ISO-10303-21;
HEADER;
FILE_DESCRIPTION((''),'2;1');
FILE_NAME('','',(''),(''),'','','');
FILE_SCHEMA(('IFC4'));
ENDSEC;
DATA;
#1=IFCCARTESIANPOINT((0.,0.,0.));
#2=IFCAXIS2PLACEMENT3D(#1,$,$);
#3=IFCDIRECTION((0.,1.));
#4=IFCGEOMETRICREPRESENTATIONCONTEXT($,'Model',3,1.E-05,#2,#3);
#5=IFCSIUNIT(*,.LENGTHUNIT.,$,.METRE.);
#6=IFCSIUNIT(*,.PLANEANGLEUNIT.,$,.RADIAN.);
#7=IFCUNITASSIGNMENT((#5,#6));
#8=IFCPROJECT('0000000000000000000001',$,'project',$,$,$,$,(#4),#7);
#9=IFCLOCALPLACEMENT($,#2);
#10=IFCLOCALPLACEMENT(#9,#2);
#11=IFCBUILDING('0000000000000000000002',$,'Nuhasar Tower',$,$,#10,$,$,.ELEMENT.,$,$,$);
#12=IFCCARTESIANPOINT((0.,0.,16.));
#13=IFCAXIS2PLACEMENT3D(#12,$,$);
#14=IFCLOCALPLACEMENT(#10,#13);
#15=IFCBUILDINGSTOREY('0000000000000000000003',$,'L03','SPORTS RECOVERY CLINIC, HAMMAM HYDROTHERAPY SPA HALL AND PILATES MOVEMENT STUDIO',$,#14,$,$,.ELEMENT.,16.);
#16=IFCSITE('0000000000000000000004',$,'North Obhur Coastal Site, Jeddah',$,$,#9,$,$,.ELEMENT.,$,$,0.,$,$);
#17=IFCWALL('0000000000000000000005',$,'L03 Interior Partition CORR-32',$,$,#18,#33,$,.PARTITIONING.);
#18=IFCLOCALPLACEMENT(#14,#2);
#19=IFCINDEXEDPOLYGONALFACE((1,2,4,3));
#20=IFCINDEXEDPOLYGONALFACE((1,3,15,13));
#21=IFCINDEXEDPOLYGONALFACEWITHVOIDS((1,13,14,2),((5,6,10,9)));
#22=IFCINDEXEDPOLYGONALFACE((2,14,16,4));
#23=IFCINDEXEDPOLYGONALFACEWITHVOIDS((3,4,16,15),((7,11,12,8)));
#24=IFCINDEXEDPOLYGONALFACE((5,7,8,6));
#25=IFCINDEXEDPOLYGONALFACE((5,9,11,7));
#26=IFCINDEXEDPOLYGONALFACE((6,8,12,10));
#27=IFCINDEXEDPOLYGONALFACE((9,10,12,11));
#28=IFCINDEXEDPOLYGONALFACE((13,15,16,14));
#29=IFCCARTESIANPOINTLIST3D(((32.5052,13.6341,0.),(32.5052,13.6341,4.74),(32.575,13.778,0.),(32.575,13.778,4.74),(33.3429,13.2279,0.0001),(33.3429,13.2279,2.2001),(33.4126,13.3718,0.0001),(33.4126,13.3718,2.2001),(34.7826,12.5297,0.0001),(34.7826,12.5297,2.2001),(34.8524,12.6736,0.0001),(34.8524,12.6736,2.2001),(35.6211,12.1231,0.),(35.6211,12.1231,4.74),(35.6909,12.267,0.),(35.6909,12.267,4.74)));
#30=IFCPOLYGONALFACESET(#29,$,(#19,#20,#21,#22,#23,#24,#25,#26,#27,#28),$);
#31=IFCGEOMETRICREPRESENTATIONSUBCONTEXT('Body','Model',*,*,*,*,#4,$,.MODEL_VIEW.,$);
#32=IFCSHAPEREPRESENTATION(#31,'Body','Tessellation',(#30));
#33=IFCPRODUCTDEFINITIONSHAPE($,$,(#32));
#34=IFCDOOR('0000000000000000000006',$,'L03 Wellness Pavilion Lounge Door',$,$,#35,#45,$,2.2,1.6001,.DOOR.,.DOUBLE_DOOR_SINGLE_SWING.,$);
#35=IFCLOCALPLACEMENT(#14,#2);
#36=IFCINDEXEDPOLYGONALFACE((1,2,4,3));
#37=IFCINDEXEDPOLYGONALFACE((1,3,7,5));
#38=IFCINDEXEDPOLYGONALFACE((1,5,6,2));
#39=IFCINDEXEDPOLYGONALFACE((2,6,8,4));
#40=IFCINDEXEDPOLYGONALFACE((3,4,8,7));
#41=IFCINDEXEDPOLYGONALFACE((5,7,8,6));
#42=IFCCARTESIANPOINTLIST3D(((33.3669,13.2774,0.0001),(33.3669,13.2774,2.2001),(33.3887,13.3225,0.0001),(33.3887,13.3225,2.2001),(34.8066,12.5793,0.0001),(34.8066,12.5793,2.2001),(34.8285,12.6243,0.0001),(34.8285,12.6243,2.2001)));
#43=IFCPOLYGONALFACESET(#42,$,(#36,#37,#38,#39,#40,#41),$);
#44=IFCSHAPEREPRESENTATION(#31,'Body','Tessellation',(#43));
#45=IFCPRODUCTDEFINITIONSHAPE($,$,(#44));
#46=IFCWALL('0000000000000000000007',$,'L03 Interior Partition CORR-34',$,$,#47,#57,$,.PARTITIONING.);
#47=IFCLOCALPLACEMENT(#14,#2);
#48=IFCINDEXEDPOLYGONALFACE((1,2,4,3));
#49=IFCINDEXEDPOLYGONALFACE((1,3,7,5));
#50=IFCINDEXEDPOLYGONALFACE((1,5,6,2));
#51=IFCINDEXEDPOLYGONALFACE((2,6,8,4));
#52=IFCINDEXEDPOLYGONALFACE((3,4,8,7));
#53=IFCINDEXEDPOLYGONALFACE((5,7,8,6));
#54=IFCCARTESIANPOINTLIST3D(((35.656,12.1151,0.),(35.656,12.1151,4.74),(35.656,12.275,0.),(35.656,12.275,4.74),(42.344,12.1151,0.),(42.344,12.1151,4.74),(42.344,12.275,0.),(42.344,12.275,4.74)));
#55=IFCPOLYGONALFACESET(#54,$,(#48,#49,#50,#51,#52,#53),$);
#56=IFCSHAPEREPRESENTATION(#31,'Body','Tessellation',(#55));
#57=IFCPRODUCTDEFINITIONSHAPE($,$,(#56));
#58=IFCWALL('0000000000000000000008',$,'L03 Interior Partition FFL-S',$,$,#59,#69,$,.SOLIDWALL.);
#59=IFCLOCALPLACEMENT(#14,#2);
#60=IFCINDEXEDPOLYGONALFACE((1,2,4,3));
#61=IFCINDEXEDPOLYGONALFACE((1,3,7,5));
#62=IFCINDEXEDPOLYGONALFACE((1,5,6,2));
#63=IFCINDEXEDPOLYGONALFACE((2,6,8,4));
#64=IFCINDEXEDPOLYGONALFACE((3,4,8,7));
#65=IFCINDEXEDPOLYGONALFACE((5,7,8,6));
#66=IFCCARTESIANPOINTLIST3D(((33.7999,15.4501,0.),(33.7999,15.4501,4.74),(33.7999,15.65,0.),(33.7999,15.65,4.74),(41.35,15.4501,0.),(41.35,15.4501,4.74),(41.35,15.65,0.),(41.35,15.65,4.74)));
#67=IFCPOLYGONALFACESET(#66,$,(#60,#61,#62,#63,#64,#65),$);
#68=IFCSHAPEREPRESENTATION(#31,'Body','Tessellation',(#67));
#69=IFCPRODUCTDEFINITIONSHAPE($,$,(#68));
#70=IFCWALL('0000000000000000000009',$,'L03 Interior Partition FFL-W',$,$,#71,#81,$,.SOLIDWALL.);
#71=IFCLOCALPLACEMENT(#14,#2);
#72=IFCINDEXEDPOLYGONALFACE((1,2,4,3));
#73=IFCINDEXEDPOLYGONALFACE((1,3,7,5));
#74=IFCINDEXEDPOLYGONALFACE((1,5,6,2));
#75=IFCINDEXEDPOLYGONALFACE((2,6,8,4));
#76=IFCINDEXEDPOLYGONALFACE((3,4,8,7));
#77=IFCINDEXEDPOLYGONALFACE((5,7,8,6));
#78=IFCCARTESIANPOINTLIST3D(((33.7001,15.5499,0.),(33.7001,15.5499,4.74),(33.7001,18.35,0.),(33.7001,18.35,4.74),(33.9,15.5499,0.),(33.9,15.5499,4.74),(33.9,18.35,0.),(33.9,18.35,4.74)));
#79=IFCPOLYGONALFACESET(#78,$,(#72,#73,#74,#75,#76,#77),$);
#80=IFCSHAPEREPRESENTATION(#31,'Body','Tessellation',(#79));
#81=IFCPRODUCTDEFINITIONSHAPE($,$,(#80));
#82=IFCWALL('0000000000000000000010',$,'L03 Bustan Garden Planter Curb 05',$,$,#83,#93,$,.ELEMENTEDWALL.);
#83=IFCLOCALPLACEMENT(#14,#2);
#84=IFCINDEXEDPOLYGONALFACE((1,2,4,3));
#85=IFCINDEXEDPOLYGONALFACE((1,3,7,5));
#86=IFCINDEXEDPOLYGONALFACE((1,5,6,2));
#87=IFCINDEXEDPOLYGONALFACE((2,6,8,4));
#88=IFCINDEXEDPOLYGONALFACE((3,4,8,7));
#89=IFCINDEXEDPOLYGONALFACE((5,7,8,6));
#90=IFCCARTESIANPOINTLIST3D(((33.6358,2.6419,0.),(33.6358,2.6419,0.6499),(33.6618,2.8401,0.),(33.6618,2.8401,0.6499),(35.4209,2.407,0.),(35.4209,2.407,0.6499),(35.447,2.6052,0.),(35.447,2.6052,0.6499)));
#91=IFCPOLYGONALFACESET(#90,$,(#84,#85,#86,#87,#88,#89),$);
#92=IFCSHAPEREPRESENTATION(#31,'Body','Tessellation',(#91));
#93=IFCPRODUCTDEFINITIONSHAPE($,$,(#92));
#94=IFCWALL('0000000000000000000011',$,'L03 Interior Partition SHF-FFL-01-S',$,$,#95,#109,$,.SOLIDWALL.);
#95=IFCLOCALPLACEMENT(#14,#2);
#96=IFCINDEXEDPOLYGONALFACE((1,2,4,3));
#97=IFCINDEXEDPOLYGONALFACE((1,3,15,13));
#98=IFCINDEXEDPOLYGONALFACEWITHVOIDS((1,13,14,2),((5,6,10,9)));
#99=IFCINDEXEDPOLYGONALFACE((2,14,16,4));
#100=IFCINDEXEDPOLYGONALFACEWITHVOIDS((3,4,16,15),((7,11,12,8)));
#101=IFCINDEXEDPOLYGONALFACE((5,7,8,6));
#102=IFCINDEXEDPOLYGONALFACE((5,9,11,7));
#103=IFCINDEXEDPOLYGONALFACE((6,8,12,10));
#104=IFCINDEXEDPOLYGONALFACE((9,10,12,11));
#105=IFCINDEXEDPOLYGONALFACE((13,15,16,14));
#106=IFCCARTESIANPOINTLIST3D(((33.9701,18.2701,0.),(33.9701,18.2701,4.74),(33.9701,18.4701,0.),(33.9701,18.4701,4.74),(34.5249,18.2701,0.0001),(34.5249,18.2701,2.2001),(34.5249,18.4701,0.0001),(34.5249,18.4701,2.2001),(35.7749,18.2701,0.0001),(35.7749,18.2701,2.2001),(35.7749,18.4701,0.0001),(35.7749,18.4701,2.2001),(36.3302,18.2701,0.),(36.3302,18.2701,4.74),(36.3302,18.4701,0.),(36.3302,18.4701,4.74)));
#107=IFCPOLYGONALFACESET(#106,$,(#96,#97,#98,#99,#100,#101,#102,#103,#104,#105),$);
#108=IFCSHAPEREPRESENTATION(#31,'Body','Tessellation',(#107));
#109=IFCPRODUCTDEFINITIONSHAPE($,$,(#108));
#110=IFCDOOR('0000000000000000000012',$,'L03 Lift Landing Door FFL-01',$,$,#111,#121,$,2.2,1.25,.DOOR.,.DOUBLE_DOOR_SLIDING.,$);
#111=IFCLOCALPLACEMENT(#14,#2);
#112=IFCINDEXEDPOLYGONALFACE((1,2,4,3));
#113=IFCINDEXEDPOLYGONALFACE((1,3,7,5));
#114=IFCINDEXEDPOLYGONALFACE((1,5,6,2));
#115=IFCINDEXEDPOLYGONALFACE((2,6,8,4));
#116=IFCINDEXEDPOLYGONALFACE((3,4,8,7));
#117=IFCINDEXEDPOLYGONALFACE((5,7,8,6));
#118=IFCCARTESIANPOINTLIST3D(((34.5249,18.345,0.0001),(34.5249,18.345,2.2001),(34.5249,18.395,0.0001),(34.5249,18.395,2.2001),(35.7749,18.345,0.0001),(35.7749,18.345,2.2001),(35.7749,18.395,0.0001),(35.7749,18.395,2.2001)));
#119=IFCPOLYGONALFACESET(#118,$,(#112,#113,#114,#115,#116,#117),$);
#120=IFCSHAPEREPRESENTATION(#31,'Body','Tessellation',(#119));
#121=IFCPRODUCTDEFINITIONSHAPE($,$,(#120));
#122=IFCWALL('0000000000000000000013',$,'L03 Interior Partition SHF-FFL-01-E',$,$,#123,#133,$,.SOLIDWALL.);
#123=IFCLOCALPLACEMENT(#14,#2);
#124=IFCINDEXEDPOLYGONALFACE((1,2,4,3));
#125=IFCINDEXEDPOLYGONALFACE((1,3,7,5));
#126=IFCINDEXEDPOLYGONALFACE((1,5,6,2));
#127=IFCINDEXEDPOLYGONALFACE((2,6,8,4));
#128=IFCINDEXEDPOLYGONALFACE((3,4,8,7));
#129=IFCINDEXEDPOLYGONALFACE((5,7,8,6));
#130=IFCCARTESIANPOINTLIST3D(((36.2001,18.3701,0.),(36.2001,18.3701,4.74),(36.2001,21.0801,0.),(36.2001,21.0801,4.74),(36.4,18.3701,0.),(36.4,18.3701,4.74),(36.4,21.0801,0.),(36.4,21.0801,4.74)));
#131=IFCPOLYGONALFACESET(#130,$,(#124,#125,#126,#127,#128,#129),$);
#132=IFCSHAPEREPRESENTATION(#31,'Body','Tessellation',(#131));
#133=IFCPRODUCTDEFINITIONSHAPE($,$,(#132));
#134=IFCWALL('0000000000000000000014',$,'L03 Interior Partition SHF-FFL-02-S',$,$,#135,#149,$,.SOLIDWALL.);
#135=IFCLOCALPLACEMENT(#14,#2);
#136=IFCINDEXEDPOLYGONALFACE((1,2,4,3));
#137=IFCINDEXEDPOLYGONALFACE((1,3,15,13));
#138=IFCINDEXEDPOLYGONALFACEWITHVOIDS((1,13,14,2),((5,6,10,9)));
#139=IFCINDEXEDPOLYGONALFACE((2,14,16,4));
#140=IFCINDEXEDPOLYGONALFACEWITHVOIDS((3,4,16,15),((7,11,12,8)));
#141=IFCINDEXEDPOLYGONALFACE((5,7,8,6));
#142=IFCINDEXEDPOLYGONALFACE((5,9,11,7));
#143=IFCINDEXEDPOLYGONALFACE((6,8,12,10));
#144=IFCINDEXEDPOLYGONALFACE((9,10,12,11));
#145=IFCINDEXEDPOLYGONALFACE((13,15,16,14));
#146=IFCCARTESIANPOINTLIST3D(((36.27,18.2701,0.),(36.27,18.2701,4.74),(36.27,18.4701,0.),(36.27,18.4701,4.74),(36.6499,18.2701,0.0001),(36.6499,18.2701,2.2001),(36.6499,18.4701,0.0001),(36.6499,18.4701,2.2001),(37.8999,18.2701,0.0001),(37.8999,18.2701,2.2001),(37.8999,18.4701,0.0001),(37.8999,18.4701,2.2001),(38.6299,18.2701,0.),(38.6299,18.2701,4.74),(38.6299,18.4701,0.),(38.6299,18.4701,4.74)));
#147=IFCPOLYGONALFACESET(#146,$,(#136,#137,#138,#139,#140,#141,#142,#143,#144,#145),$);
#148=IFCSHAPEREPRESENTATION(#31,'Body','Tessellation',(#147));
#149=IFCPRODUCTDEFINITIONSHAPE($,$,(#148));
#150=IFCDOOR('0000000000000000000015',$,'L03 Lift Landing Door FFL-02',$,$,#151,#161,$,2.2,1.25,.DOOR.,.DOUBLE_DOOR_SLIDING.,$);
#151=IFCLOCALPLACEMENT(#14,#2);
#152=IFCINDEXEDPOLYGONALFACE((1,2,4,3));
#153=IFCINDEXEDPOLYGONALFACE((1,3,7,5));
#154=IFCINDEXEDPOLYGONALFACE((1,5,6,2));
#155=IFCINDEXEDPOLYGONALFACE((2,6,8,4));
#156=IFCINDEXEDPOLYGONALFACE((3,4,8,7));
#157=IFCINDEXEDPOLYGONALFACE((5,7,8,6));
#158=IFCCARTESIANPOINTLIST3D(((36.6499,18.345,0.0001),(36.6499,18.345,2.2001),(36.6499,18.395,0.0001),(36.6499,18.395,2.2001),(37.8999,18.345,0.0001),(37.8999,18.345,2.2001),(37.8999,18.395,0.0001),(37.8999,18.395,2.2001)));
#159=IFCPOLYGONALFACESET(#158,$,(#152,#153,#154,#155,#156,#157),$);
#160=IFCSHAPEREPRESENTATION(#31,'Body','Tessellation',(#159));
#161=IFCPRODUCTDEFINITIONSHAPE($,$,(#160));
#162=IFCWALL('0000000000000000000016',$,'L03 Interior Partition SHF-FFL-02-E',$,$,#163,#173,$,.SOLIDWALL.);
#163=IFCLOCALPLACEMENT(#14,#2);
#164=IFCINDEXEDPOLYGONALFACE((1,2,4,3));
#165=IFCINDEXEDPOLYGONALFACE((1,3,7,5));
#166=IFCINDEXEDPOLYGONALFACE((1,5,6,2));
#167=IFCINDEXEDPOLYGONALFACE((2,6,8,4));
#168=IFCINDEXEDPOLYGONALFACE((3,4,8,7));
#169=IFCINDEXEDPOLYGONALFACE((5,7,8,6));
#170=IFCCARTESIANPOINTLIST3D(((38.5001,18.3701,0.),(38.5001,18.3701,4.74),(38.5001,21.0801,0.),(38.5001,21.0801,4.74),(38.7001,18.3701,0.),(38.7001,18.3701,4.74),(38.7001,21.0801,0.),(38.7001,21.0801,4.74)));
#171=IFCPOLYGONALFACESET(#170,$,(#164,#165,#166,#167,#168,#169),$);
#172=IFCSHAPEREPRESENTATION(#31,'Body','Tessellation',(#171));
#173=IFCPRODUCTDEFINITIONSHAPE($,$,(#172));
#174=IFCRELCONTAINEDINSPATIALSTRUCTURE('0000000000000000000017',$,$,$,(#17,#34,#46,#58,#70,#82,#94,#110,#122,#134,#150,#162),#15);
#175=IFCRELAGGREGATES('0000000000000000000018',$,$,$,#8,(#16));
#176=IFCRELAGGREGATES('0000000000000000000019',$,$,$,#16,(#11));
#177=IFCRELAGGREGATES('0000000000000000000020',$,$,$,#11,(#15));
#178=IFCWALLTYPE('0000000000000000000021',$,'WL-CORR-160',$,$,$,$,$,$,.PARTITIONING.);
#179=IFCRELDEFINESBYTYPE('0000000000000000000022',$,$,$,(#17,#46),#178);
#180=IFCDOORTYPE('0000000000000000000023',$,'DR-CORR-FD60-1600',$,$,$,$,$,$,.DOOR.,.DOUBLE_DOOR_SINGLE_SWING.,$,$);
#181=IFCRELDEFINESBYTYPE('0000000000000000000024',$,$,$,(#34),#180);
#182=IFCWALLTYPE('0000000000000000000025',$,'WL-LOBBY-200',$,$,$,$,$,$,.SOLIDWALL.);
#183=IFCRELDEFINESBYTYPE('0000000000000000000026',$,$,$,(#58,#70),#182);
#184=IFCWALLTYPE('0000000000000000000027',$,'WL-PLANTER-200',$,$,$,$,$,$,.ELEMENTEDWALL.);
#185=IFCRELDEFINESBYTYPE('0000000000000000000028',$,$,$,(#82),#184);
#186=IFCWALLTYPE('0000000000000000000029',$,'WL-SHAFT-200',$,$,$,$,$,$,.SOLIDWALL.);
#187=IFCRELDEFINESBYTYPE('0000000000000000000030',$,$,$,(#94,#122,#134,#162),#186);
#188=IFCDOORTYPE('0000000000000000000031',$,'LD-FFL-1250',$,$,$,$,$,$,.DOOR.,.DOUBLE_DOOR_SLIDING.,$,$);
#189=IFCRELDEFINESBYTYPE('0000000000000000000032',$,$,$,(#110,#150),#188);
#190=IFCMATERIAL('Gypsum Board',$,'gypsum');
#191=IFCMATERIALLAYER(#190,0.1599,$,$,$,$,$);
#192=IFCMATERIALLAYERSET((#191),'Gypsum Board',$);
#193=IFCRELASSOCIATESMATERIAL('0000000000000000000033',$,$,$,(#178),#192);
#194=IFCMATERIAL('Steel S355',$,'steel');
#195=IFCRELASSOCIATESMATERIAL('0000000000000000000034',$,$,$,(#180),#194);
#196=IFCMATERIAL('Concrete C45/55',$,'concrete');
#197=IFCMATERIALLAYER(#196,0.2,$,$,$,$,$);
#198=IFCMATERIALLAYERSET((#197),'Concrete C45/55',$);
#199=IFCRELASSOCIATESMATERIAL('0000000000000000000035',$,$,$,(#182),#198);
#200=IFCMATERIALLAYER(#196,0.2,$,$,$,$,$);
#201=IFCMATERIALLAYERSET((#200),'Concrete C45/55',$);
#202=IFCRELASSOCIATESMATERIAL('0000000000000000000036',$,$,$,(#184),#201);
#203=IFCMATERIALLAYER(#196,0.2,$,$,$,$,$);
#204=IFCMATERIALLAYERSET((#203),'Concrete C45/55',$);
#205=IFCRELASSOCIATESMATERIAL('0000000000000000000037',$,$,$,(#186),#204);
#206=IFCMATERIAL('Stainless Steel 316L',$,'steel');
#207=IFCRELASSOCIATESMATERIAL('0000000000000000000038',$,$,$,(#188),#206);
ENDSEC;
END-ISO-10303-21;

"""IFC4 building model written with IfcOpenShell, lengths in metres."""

from ifc_helpers import new_model, si_unit, direction, frame, frame_2d, origin, place, context, subcontext, project, spatial, rectangle, extrude, material, layer, layer_set, type_object, element, fill, save


model = new_model("IFC4")

# Units and contexts
model_context = context("Model", 3, precision=1e-05, world=origin(), true_north=direction((0.0, 1.0)))
body_context = subcontext(model_context, "Body", "Model", "MODEL_VIEW")
ifc_project = project(units=[si_unit("LENGTHUNIT", "METRE"), si_unit("PLANEANGLEUNIT", "RADIAN")], contexts=[model_context])

# Site, building, storey
site_placement = place(None, origin())
site = spatial("IfcSite", under=ifc_project, at=site_placement, Name="North Obhur Coastal Site, Jeddah", CompositionType="ELEMENT", RefElevation=0.0)
building_placement = place(site_placement, origin())
building = spatial("IfcBuilding", under=site, at=building_placement, Name="Nuhasar Tower", CompositionType="ELEMENT")
storey_placement = place(building_placement, frame((0.0, 0.0, 16.0)))
storey = spatial("IfcBuildingStorey", under=building, at=storey_placement, Name="L03", Description="SPORTS RECOVERY CLINIC, HAMMAM HYDROTHERAPY SPA HALL AND PILATES MOVEMENT STUDIO", CompositionType="ELEMENT", Elevation=16.0)

# Shared definitions
ifc_material_1 = material(Name="Steel S355", Category="steel")

# Wall, opening, door
ifc_material_2 = material(Name="Gypsum Board", Category="gypsum")
ifc_layer_1 = layer(ifc_material_2, 0.1599)
ifc_layer_set_1 = layer_set([ifc_layer_1], Name="Gypsum Board")
wall_type_1 = type_object("IfcWallType", Name="WL-CORR-160", PredefinedType="PARTITIONING", material=ifc_layer_set_1)
wall_1_placement = place(storey_placement, frame((35.656, 12.1951, 0.0), z_axis=(0.0, 0.0, 1.0), x_axis=(-0.89979, 0.436324, 0.0)))
wall_1 = element("IfcWall", 1, at=wall_1_placement, inside=storey, type_object=wall_type_1, Name="L03 Interior Partition CORR-32", PredefinedType="PARTITIONING", context=body_context, shape_type="SweptSolid", body=[
    extrude(rectangle(XDim=3.4629, YDim=0.1599, at=frame_2d((1.7314, 0.0))), origin(), (0.0, 0.0, 1.0), 4.74),
])
opening_1_placement = place(wall_1_placement, frame((0.9319, 0.0, 0.0)))
opening_1 = element("IfcOpeningElement", 2, at=opening_1_placement, cuts=wall_1, PredefinedType="OPENING", context=body_context, shape_type="SweptSolid", body=[
    extrude(rectangle(XDim=1.6001, YDim=2.2, at=frame_2d((0.8, 1.1001))), frame((0.0, 0.0898, 0.0), z_axis=(0.0, -1.0, 0.0), x_axis=(1.0, 0.0, 0.0)), (0.0, 0.0, 1.0), 0.1799),
])
door_type_1 = type_object("IfcDoorType", Name="DR-CORR-FD60-1600", OperationType="DOUBLE_DOOR_SINGLE_SWING", PredefinedType="DOOR", material=ifc_material_1)
door_1_placement = place(opening_1_placement, origin())
door_1 = element("IfcDoor", 3, at=door_1_placement, inside=storey, type_object=door_type_1, Name="L03 Wellness Pavilion Lounge Door", OperationType="DOUBLE_DOOR_SINGLE_SWING", OverallHeight=2.2, OverallWidth=1.6001, PredefinedType="DOOR", context=body_context, shape_type="SweptSolid", body=[
    extrude(rectangle(XDim=1.6001, YDim=2.2, at=frame_2d((0.8, 1.1001))), frame((0.0, 0.0249, 0.0), z_axis=(0.0, -1.0, 0.0), x_axis=(1.0, 0.0, 0.0)), (0.0, 0.0, 1.0), 0.05),
])
fill(opening_1, door_1)

# Walls
wall_2_placement = place(storey_placement, frame((35.656, 12.1951, 0.0), z_axis=(0.0, 0.0, 1.0), x_axis=(1.0, 0.0, 0.0)))
element("IfcWall", 4, at=wall_2_placement, inside=storey, type_object=wall_type_1, Name="L03 Interior Partition CORR-34", PredefinedType="PARTITIONING", context=body_context, shape_type="SweptSolid", body=[
    extrude(rectangle(XDim=6.688, YDim=0.1599, at=frame_2d((3.344, 0.0))), origin(), (0.0, 0.0, 1.0), 4.74),
])
ifc_material_3 = material(Name="Concrete C45/55", Category="concrete")
ifc_layer_2 = layer(ifc_material_3, 0.2)
ifc_layer_set_2 = layer_set([ifc_layer_2], Name="Concrete C45/55")
wall_type_2 = type_object("IfcWallType", Name="WL-LOBBY-200", PredefinedType="SOLIDWALL", material=ifc_layer_set_2)
wall_3_placement = place(storey_placement, frame((33.8, 15.55, 0.0), z_axis=(0.0, 0.0, 1.0), x_axis=(1.0, 0.0, 0.0)))
element("IfcWall", 5, at=wall_3_placement, inside=storey, type_object=wall_type_2, Name="L03 Interior Partition FFL-S", PredefinedType="SOLIDWALL", context=body_context, shape_type="SweptSolid", body=[
    extrude(rectangle(XDim=7.55, YDim=0.2, at=frame_2d((3.7749, 0.0))), origin(), (0.0, 0.0, 1.0), 4.74),
])
wall_4_placement = place(storey_placement, frame((33.8, 15.55, 0.0), z_axis=(0.0, 0.0, 1.0), x_axis=(0.0, 1.0, 0.0)))
element("IfcWall", 6, at=wall_4_placement, inside=storey, type_object=wall_type_2, Name="L03 Interior Partition FFL-W", PredefinedType="SOLIDWALL", context=body_context, shape_type="SweptSolid", body=[
    extrude(rectangle(XDim=2.8, YDim=0.2, at=frame_2d((1.3999, 0.0))), origin(), (0.0, 0.0, 1.0), 4.74),
])
ifc_layer_3 = layer(ifc_material_3, 0.2)
ifc_layer_set_3 = layer_set([ifc_layer_3], Name="Concrete C45/55")
wall_type_3 = type_object("IfcWallType", Name="WL-PLANTER-200", PredefinedType="ELEMENTEDWALL", material=ifc_layer_set_3)
wall_5_placement = place(storey_placement, frame((35.4341, 2.5061, 0.0), z_axis=(0.0, 0.0, 1.0), x_axis=(-0.991456, 0.13044, 0.0)))
element("IfcWall", 7, at=wall_5_placement, inside=storey, type_object=wall_type_3, Name="L03 Bustan Garden Planter Curb 05", PredefinedType="ELEMENTEDWALL", context=body_context, shape_type="SweptSolid", body=[
    extrude(rectangle(XDim=1.8005, YDim=0.2, at=frame_2d((0.9004, 0.0))), origin(), (0.0, 0.0, 1.0), 0.6499),
])

# Wall, opening, door
ifc_layer_4 = layer(ifc_material_3, 0.2)
ifc_layer_set_4 = layer_set([ifc_layer_4], Name="Concrete C45/55")
wall_type_4 = type_object("IfcWallType", Name="WL-SHAFT-200", PredefinedType="SOLIDWALL", material=ifc_layer_set_4)
wall_6_placement = place(storey_placement, frame((33.97, 18.3701, 0.0), z_axis=(0.0, 0.0, 1.0), x_axis=(1.0, 0.0, 0.0)))
wall_6 = element("IfcWall", 8, at=wall_6_placement, inside=storey, type_object=wall_type_4, Name="L03 Interior Partition SHF-FFL-01-S", PredefinedType="SOLIDWALL", context=body_context, shape_type="SweptSolid", body=[
    extrude(rectangle(XDim=2.3601, YDim=0.2, at=frame_2d((1.1802, 0.0))), origin(), (0.0, 0.0, 1.0), 4.74),
])
opening_2_placement = place(wall_6_placement, frame((0.5549, 0.0, 0.0)))
opening_2 = element("IfcOpeningElement", 9, at=opening_2_placement, cuts=wall_6, PredefinedType="OPENING", context=body_context, shape_type="SweptSolid", body=[
    extrude(rectangle(XDim=1.25, YDim=2.2, at=frame_2d((0.625, 1.1001))), frame((0.0, 0.1099, 0.0), z_axis=(0.0, -1.0, 0.0), x_axis=(1.0, 0.0, 0.0)), (0.0, 0.0, 1.0), 0.22),
])
ifc_material_4 = material(Name="Stainless Steel 316L", Category="steel")
door_type_2 = type_object("IfcDoorType", Name="LD-FFL-1250", OperationType="DOUBLE_DOOR_SLIDING", PredefinedType="DOOR", material=ifc_material_4)
door_2_placement = place(opening_2_placement, origin())
door_2 = element("IfcDoor", 10, at=door_2_placement, inside=storey, type_object=door_type_2, Name="L03 Lift Landing Door FFL-01", OperationType="DOUBLE_DOOR_SLIDING", OverallHeight=2.2, OverallWidth=1.25, PredefinedType="DOOR", context=body_context, shape_type="SweptSolid", body=[
    extrude(rectangle(XDim=1.25, YDim=2.2, at=frame_2d((0.625, 1.1001))), frame((0.0, 0.0249, 0.0), z_axis=(0.0, -1.0, 0.0), x_axis=(1.0, 0.0, 0.0)), (0.0, 0.0, 1.0), 0.05),
])
fill(opening_2, door_2)

# Wall
wall_7_placement = place(storey_placement, frame((36.3, 18.3701, 0.0), z_axis=(0.0, 0.0, 1.0), x_axis=(0.0, 1.0, 0.0)))
element("IfcWall", 11, at=wall_7_placement, inside=storey, type_object=wall_type_4, Name="L03 Interior Partition SHF-FFL-01-E", PredefinedType="SOLIDWALL", context=body_context, shape_type="SweptSolid", body=[
    extrude(rectangle(XDim=2.71, YDim=0.2, at=frame_2d((1.355, 0.0))), origin(), (0.0, 0.0, 1.0), 4.74),
])

# Wall, opening, door
wall_8_placement = place(storey_placement, frame((36.27, 18.3701, 0.0), z_axis=(0.0, 0.0, 1.0), x_axis=(1.0, 0.0, 0.0)))
wall_8 = element("IfcWall", 12, at=wall_8_placement, inside=storey, type_object=wall_type_4, Name="L03 Interior Partition SHF-FFL-02-S", PredefinedType="SOLIDWALL", context=body_context, shape_type="SweptSolid", body=[
    extrude(rectangle(XDim=2.3599, YDim=0.2, at=frame_2d((1.1799, 0.0))), origin(), (0.0, 0.0, 1.0), 4.74),
])
opening_3_placement = place(wall_8_placement, frame((0.3799, 0.0, 0.0)))
opening_3 = element("IfcOpeningElement", 13, at=opening_3_placement, cuts=wall_8, PredefinedType="OPENING", context=body_context, shape_type="SweptSolid", body=[
    extrude(rectangle(XDim=1.25, YDim=2.2, at=frame_2d((0.625, 1.1001))), frame((0.0, 0.1099, 0.0), z_axis=(0.0, -1.0, 0.0), x_axis=(1.0, 0.0, 0.0)), (0.0, 0.0, 1.0), 0.22),
])
door_3_placement = place(opening_3_placement, origin())
door_3 = element("IfcDoor", 14, at=door_3_placement, inside=storey, type_object=door_type_2, Name="L03 Lift Landing Door FFL-02", OperationType="DOUBLE_DOOR_SLIDING", OverallHeight=2.2, OverallWidth=1.25, PredefinedType="DOOR", context=body_context, shape_type="SweptSolid", body=[
    extrude(rectangle(XDim=1.25, YDim=2.2, at=frame_2d((0.625, 1.1001))), frame((0.0, 0.0249, 0.0), z_axis=(0.0, -1.0, 0.0), x_axis=(1.0, 0.0, 0.0)), (0.0, 0.0, 1.0), 0.05),
])
fill(opening_3, door_3)

# Wall
wall_9_placement = place(storey_placement, frame((38.6001, 18.3701, 0.0), z_axis=(0.0, 0.0, 1.0), x_axis=(0.0, 1.0, 0.0)))
element("IfcWall", 15, at=wall_9_placement, inside=storey, type_object=wall_type_4, Name="L03 Interior Partition SHF-FFL-02-E", PredefinedType="SOLIDWALL", context=body_context, shape_type="SweptSolid", body=[
    extrude(rectangle(XDim=2.71, YDim=0.2, at=frame_2d((1.355, 0.0))), origin(), (0.0, 0.0, 1.0), 4.74),
])

save(model, "model.ifc")
